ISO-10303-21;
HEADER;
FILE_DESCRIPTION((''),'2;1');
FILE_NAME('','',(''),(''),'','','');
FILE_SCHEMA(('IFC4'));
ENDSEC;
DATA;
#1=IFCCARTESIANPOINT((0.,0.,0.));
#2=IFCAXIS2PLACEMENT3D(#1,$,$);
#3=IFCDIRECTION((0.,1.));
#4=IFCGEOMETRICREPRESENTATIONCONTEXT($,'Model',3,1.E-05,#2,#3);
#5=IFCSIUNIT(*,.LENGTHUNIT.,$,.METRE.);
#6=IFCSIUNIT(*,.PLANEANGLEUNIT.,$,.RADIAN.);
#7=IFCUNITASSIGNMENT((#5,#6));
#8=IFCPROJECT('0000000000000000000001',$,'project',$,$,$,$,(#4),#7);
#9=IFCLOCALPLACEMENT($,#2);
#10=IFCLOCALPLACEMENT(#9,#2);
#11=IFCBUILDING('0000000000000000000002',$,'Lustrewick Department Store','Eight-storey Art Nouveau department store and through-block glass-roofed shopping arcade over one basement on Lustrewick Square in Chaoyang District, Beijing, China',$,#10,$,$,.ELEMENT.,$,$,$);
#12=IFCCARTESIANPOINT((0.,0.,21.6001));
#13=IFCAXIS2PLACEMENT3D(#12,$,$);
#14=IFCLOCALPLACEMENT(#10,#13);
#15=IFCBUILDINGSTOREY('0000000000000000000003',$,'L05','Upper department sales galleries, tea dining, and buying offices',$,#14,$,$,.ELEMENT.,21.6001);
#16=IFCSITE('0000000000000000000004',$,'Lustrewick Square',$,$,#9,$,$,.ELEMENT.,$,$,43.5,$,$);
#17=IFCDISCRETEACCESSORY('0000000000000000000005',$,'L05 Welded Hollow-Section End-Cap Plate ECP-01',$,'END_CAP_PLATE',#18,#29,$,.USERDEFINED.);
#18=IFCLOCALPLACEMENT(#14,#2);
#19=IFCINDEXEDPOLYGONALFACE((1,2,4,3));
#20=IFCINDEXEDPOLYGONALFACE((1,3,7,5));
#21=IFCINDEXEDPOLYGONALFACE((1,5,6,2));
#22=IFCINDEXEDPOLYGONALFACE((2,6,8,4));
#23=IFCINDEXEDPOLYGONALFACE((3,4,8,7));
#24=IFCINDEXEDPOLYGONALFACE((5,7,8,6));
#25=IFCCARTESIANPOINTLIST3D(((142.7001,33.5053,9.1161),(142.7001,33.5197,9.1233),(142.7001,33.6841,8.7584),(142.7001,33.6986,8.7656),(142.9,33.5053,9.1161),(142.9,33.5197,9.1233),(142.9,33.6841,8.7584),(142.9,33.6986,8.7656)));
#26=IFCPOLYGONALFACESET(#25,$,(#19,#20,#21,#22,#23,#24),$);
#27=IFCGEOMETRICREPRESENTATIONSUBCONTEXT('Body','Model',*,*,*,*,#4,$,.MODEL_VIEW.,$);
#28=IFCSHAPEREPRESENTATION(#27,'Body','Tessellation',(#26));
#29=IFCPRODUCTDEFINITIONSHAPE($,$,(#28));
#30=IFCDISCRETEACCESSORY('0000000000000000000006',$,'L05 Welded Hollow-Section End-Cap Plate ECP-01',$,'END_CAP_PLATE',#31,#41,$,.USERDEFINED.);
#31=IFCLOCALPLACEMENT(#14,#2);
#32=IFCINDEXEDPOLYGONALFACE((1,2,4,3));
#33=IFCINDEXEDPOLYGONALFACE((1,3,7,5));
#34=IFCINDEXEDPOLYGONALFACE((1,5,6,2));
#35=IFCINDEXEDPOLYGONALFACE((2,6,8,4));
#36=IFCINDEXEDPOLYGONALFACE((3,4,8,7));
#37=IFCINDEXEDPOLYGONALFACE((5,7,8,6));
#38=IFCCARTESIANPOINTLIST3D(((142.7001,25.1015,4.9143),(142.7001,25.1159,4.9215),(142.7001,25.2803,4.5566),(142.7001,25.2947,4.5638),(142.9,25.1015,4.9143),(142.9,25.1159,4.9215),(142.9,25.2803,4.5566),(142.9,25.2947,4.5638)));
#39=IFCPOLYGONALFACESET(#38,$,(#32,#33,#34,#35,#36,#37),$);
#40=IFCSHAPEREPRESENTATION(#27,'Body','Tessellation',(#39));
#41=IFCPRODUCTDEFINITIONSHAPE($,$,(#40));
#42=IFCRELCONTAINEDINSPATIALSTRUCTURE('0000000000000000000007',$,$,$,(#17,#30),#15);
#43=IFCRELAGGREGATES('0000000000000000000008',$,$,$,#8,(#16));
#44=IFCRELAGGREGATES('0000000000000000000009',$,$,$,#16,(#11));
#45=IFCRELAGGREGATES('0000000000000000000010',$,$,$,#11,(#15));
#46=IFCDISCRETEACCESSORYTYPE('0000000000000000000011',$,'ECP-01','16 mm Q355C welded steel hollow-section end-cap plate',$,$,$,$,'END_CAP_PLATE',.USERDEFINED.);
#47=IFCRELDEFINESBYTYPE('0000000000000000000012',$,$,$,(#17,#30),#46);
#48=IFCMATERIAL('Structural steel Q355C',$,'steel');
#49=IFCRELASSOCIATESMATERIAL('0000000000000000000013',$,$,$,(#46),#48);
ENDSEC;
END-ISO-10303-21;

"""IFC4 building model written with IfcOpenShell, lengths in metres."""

from ifc_helpers import new_model, si_unit, direction, frame, origin, origin_2d, place, context, subcontext, project, spatial, rectangle, extrude, material, type_object, element, save


model = new_model("IFC4")

# Units and contexts
model_context = context("Model", 3, precision=1e-05, world=origin(), true_north=direction((0.0, 1.0)))
body_context = subcontext(model_context, "Body", "Model", "MODEL_VIEW")
ifc_project = project(units=[si_unit("LENGTHUNIT", "METRE"), si_unit("PLANEANGLEUNIT", "RADIAN")], contexts=[model_context])

# Site, building, storey
site_placement = place(None, origin())
site = spatial("IfcSite", under=ifc_project, at=site_placement, Name="Lustrewick Square", CompositionType="ELEMENT", RefElevation=43.5)
building_placement = place(site_placement, origin())
building = spatial("IfcBuilding", under=site, at=building_placement, Name="Lustrewick Department Store", Description="Eight-storey Art Nouveau department store and through-block glass-roofed shopping arcade over one basement on Lustrewick Square in Chaoyang District, Beijing, China", CompositionType="ELEMENT")
storey_placement = place(building_placement, frame((0.0, 0.0, 21.6001)))
storey = spatial("IfcBuildingStorey", under=building, at=storey_placement, Name="L05", Description="Upper department sales galleries, tea dining, and buying offices", CompositionType="ELEMENT", Elevation=21.6001)

# Shared definitions
ifc_material_1 = material(Name="Structural steel Q355C", Category="steel")

# Discrete accessories
discrete_accessory_type = type_object("IfcDiscreteAccessoryType", Name="ECP-01", Description="16 mm Q355C welded steel hollow-section end-cap plate", ElementType="END_CAP_PLATE", PredefinedType="USERDEFINED", material=ifc_material_1)
for number, where, z_axis, x_axis, name in (
    (1, (142.8, 33.5947, 8.9373), (0.0, 0.894432, 0.447203), (-1.0, 0.0, 0.0), "L05 Welded Hollow-Section End-Cap Plate ECP-01"),
    (2, (142.8, 25.2053, 4.7427), (0.0, -0.894432, -0.447203), (-1.0, 0.0, 0.0), "L05 Welded Hollow-Section End-Cap Plate ECP-01"),
):
    element("IfcDiscreteAccessory", number, at=place(storey_placement, frame(where, z_axis=z_axis, x_axis=x_axis)), inside=storey, type_object=discrete_accessory_type, Name=name, ObjectType="END_CAP_PLATE", PredefinedType="USERDEFINED", context=body_context, shape_type="SweptSolid", body=[
        extrude(rectangle(XDim=0.2, YDim=0.3999, at=origin_2d()), origin(), (0.0, 0.0, 1.0), 0.0161),
    ])

save(model, "model.ifc")
